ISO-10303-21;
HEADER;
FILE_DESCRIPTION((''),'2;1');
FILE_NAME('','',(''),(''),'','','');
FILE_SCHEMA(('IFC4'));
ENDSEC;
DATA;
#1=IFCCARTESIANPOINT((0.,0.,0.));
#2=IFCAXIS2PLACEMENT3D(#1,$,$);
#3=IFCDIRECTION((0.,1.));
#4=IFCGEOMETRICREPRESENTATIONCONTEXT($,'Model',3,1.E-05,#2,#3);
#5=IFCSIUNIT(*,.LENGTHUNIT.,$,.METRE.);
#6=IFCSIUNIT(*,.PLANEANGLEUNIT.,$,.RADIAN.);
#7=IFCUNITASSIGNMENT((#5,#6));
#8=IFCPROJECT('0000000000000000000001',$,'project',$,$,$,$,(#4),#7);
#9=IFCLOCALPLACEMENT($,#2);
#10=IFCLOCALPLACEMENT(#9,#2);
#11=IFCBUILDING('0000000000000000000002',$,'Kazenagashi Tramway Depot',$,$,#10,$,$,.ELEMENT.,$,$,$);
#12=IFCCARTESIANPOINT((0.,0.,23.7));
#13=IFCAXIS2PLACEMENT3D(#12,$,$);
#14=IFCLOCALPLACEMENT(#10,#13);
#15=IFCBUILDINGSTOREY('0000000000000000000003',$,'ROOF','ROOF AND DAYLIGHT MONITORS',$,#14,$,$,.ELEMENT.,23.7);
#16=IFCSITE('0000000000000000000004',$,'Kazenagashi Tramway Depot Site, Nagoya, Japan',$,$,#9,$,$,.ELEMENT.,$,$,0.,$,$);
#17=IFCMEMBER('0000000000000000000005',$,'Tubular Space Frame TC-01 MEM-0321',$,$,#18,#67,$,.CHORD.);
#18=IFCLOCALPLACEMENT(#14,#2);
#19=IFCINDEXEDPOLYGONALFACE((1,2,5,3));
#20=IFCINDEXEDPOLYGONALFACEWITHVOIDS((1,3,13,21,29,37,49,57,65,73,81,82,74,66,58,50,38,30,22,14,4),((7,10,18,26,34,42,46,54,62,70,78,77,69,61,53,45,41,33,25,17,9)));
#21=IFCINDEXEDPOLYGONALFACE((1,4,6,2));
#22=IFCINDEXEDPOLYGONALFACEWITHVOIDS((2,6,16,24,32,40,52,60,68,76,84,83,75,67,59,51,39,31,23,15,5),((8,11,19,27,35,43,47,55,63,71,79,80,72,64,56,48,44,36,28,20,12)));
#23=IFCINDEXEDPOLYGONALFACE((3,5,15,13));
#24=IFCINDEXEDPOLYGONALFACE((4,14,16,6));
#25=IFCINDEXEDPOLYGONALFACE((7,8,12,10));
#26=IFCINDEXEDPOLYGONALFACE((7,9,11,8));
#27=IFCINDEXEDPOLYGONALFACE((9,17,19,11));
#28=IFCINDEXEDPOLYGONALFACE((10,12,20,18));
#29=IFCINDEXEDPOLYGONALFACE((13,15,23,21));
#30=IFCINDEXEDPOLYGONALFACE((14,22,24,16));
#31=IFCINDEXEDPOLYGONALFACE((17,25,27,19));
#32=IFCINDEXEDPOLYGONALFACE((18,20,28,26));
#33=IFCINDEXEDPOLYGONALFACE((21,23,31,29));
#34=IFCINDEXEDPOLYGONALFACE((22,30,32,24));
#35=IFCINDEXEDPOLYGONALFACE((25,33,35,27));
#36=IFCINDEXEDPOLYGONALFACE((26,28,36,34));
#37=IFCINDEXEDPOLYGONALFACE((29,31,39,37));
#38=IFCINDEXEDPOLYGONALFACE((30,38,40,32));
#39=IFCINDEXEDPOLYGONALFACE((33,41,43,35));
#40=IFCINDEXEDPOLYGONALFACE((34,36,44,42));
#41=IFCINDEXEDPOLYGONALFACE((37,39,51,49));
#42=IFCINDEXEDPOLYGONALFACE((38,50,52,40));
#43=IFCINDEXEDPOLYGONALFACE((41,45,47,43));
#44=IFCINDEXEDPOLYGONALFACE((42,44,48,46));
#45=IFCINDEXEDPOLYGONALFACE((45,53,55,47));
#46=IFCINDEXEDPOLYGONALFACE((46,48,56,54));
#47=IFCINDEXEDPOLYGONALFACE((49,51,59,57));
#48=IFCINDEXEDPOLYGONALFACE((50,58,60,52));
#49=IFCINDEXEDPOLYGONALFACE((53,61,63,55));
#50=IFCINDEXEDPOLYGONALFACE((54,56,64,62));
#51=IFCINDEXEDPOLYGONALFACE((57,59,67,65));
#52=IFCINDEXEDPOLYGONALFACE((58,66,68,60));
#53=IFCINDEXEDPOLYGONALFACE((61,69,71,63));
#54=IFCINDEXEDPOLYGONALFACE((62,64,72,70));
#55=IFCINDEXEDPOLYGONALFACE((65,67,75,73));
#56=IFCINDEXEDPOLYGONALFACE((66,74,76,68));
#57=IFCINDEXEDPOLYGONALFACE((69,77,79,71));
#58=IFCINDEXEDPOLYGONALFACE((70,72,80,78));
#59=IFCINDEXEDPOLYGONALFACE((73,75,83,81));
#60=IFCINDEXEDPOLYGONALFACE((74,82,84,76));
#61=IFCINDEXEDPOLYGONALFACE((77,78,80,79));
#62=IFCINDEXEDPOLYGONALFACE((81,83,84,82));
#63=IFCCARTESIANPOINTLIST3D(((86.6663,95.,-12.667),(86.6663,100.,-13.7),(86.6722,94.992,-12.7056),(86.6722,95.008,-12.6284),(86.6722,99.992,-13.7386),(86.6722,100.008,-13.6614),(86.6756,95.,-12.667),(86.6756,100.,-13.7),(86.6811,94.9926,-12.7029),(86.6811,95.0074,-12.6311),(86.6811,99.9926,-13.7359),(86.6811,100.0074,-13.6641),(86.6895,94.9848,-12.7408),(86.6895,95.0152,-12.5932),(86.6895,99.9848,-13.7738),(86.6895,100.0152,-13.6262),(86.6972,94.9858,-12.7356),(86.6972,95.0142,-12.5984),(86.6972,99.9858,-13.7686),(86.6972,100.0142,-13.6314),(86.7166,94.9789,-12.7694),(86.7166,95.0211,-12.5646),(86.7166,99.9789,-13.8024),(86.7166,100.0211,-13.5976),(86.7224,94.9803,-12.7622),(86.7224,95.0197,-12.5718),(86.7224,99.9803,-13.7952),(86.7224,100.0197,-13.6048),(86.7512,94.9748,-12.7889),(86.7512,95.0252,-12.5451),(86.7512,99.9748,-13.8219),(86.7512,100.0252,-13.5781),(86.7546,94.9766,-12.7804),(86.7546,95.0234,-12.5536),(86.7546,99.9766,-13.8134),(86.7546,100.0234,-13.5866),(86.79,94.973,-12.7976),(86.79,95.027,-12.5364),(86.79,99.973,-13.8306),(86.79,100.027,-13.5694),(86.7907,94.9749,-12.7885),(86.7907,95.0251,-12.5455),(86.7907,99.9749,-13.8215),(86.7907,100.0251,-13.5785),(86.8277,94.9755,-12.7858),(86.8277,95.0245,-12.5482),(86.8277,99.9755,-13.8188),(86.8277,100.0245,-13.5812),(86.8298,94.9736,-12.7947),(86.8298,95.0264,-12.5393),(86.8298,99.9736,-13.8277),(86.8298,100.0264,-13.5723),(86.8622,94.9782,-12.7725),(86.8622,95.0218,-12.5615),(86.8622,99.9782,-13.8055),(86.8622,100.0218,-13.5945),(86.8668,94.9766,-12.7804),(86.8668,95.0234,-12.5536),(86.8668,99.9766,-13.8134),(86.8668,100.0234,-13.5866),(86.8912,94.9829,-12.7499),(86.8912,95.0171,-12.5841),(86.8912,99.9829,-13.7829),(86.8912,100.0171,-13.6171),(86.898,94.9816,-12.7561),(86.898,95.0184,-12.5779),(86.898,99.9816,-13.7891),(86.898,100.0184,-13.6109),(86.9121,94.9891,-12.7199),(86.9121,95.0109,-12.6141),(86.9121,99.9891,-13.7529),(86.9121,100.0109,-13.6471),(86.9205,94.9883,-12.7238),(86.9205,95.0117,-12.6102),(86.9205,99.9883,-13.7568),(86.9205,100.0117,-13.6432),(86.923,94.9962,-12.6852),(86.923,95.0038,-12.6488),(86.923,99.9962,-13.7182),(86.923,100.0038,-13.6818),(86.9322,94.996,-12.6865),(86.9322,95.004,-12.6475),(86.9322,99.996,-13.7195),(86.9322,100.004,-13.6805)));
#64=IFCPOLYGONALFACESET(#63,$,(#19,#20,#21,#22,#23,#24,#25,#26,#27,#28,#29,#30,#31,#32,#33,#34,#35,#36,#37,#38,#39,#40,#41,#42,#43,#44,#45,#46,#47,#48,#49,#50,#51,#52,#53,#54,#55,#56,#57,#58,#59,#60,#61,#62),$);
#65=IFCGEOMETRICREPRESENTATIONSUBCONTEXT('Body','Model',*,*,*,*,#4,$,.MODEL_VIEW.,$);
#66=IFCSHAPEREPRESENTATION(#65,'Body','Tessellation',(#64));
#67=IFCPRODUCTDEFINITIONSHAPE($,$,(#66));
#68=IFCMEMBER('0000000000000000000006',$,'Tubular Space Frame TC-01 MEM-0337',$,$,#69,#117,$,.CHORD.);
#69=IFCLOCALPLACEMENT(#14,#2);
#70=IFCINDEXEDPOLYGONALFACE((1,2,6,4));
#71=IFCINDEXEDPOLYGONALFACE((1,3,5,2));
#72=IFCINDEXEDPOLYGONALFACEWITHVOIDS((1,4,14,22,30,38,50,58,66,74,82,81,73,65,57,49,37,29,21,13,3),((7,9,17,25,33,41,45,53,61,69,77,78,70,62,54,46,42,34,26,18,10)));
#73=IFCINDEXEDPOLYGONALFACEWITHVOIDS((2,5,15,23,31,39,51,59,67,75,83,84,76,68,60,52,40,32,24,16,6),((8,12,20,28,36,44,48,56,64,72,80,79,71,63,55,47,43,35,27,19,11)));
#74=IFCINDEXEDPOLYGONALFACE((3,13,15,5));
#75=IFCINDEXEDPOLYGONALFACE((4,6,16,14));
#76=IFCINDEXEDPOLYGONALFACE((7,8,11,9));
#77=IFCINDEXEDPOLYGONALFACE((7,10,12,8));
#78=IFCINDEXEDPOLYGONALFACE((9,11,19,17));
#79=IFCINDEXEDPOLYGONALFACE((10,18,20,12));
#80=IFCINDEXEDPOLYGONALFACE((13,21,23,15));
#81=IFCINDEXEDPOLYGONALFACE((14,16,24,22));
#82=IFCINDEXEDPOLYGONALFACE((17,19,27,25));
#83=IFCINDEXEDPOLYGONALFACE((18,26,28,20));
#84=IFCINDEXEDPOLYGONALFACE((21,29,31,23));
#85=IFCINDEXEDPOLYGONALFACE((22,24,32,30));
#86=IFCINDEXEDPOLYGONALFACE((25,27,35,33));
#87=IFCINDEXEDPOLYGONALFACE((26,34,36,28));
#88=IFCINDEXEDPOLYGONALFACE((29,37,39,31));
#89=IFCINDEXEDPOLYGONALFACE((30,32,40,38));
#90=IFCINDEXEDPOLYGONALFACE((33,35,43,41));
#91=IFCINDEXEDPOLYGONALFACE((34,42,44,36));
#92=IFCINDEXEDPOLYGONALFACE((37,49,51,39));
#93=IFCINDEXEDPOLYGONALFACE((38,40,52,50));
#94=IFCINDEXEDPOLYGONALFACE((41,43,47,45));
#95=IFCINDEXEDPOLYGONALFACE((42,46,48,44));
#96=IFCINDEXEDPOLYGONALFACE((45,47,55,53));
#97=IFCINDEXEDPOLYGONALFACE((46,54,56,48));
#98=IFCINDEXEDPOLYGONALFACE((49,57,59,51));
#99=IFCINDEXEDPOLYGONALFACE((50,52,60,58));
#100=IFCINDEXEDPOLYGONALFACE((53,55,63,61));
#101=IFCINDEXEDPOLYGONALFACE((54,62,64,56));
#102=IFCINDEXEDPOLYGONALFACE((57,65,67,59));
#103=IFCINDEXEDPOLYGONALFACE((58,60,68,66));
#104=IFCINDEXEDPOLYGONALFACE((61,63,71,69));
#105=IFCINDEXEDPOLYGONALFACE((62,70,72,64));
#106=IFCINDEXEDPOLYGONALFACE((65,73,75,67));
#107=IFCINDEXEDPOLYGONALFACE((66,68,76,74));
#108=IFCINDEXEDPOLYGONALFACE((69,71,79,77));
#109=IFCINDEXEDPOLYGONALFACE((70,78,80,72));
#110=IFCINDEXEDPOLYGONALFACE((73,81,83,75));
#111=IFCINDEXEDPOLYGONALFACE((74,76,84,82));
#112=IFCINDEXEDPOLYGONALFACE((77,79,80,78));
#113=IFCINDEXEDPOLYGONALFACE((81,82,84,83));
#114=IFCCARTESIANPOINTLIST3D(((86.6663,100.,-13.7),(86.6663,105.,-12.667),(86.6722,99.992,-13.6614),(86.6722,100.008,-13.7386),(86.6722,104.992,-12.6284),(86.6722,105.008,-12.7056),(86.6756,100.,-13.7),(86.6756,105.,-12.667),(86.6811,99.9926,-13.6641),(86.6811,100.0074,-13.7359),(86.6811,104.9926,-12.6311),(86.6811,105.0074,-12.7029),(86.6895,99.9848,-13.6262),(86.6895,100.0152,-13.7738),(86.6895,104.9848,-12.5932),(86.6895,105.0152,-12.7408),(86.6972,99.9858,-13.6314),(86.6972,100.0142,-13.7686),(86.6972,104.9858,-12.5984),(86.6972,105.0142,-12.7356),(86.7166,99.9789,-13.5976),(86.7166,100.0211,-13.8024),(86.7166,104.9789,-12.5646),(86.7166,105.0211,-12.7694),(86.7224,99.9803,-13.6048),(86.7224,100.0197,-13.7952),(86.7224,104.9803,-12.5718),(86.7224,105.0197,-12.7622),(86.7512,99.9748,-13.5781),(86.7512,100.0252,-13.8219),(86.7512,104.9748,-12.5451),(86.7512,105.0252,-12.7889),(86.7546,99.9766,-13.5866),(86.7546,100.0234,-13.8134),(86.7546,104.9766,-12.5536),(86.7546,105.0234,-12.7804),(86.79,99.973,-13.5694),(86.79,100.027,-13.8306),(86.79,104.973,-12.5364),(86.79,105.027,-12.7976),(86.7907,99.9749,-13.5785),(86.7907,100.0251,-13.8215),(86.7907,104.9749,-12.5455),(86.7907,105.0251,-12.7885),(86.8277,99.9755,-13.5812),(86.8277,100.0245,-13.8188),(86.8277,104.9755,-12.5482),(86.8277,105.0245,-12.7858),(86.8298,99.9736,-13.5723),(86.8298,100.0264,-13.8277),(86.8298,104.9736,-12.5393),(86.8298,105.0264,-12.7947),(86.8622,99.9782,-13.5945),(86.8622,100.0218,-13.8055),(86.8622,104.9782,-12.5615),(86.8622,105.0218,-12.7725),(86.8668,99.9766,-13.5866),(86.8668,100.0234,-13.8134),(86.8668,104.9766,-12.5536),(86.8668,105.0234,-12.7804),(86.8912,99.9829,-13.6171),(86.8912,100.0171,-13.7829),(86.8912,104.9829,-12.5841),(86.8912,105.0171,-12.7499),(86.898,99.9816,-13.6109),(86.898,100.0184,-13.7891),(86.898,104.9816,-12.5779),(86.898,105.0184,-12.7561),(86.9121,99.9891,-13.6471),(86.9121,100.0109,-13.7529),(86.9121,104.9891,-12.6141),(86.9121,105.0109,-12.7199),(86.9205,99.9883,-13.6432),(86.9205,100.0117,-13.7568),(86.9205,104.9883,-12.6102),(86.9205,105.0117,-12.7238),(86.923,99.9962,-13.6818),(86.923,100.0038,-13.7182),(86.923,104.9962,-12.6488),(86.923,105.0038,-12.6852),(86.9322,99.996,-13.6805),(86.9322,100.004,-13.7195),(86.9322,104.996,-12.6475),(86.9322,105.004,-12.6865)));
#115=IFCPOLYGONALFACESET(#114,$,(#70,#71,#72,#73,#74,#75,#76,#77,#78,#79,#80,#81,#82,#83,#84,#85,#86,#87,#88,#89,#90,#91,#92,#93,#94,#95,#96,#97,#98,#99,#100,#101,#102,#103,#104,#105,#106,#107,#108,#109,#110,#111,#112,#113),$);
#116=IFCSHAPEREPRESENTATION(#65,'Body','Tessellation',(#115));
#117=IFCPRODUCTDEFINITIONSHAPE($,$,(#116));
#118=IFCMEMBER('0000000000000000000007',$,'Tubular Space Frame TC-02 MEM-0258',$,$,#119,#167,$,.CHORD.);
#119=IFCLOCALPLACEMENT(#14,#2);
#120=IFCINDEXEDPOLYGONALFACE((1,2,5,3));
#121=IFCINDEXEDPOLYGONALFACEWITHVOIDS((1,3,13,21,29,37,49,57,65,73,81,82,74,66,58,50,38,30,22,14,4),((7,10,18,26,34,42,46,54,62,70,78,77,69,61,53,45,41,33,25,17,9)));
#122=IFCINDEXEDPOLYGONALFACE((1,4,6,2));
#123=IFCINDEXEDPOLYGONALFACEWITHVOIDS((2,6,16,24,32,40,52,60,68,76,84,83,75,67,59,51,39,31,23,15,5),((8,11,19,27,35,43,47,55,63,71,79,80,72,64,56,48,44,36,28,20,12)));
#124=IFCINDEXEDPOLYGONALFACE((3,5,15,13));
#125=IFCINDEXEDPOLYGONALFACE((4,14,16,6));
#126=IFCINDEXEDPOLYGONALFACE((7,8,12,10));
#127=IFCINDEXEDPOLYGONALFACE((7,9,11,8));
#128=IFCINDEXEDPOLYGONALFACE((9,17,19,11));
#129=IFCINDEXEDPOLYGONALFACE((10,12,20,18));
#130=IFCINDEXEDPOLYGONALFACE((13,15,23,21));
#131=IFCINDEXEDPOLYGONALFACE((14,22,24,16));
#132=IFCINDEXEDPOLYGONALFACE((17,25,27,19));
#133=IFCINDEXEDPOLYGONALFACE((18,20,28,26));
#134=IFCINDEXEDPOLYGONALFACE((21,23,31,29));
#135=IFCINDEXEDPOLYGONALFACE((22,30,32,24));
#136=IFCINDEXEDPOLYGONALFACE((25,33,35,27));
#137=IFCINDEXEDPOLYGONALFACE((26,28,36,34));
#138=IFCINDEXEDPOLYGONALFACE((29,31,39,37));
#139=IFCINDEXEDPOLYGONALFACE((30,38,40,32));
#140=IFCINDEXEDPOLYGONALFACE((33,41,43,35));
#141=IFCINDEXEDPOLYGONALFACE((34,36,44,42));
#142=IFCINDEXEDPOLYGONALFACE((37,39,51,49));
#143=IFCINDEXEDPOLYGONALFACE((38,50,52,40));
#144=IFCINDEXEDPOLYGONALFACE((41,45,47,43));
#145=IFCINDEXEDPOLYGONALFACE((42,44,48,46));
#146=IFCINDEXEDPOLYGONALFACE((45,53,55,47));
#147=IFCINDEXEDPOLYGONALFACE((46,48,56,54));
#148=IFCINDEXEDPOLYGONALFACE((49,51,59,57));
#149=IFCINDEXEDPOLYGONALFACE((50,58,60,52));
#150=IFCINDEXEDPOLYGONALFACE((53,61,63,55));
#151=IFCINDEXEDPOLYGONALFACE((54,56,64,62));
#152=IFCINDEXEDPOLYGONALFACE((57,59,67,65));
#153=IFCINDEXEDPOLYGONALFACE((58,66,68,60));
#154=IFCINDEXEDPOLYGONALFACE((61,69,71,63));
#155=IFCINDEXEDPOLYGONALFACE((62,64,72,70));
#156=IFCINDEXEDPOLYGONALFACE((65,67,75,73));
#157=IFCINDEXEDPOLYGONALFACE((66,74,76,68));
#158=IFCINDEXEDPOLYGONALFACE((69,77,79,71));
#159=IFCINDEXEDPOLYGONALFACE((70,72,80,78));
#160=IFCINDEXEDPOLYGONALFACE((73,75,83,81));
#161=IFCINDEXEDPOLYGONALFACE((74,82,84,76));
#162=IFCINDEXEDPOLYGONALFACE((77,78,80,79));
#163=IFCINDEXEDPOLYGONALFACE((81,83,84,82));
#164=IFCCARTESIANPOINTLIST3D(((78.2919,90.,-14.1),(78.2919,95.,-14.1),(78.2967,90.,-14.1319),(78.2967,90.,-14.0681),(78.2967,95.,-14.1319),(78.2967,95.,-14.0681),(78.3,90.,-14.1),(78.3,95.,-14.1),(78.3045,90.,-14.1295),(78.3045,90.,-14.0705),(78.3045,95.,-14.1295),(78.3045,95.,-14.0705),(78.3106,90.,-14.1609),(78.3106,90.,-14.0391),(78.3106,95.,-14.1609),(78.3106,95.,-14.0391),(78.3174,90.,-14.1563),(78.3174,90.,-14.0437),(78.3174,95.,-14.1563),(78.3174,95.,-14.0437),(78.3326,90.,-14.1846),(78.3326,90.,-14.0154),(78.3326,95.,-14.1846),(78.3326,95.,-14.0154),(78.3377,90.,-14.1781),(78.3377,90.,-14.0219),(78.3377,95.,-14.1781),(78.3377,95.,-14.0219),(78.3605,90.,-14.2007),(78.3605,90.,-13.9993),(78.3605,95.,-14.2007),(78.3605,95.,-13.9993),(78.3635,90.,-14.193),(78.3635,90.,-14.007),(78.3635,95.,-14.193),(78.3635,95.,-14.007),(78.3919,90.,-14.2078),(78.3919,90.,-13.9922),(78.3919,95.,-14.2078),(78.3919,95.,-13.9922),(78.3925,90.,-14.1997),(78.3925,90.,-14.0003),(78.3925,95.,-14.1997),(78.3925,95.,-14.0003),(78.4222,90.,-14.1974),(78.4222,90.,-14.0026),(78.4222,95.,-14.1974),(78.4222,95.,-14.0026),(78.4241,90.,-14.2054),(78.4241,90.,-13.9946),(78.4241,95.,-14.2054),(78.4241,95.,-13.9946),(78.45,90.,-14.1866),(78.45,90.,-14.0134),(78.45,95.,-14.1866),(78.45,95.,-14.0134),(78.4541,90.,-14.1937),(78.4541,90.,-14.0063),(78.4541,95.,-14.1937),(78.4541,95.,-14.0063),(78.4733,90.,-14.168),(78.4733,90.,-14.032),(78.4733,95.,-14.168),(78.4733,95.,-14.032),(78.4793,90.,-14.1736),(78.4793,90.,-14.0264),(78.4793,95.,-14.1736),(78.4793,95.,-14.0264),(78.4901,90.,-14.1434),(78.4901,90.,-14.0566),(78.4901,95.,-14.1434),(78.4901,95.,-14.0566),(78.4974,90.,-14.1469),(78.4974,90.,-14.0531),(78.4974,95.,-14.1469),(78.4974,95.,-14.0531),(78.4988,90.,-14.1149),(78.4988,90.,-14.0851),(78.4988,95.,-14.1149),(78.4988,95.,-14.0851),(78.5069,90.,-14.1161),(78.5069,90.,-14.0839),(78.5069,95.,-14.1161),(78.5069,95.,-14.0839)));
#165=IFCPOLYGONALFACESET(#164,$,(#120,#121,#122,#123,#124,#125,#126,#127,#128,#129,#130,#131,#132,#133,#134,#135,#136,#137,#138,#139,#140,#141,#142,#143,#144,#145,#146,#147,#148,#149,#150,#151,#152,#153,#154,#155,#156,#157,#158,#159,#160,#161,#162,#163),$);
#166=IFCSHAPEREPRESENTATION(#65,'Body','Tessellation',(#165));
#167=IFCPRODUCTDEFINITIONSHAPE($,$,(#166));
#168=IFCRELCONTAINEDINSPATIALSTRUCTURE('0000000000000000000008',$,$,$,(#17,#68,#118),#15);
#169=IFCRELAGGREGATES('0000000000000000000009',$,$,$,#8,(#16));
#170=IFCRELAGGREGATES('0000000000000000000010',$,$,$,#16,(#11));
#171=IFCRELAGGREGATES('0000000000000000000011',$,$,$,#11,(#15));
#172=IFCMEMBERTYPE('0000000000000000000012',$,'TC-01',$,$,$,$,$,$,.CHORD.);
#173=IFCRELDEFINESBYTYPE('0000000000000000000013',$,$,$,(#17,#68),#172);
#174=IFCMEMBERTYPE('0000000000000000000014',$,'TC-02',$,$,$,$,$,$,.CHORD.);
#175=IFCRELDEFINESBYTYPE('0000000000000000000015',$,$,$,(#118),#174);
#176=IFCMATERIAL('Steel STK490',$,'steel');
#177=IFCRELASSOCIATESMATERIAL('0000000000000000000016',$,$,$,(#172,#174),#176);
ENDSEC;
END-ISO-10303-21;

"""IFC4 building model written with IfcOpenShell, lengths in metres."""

from ifc_helpers import new_model, si_unit, direction, frame, origin, origin_2d, place, context, subcontext, project, spatial, hollow_circle, extrude, material, material_profile, profile_set, type_object, element, save


model = new_model("IFC4")

# Units and contexts
model_context = context("Model", 3, precision=1e-05, world=origin(), true_north=direction((0.0, 1.0)))
body_context = subcontext(model_context, "Body", "Model", "MODEL_VIEW")
ifc_project = project(units=[si_unit("LENGTHUNIT", "METRE"), si_unit("PLANEANGLEUNIT", "RADIAN")], contexts=[model_context])

# Site, building, storey
site_placement = place(None, origin())
site = spatial("IfcSite", under=ifc_project, at=site_placement, Name="Kazenagashi Tramway Depot Site, Nagoya, Japan", CompositionType="ELEMENT", RefElevation=0.0)
building_placement = place(site_placement, origin())
building = spatial("IfcBuilding", under=site, at=building_placement, Name="Kazenagashi Tramway Depot", CompositionType="ELEMENT")
storey_placement = place(building_placement, frame((0.0, 0.0, 23.7)))
storey = spatial("IfcBuildingStorey", under=building, at=storey_placement, Name="ROOF", Description="ROOF AND DAYLIGHT MONITORS", CompositionType="ELEMENT", Elevation=23.7)

# Members
ifc_material_1 = material(Name="Steel STK490", Category="steel")
ifc_material_profile_1 = material_profile(ifc_material_1, hollow_circle(Radius=0.1337, WallThickness=0.0093, at=origin_2d()), Name="CHS-267.4x9.3")
ifc_profile_set_1 = profile_set([ifc_material_profile_1], Name="Steel STK490")
member_type_1 = type_object("IfcMemberType", Name="TC-01", PredefinedType="CHORD", material=ifc_profile_set_1)
for number, where, z_axis, x_axis, name in (
    (1, (86.8, 95.0, -12.667), (0.0, 0.979318, -0.202327), (-1.0, 0.0, 0.0), "Tubular Space Frame TC-01 MEM-0321"),
    (2, (86.8, 100.0, -13.7), (0.0, 0.979318, 0.202327), (-1.0, 0.0, 0.0), "Tubular Space Frame TC-01 MEM-0337"),
):
    element("IfcMember", number, at=place(storey_placement, frame(where, z_axis=z_axis, x_axis=x_axis)), inside=storey, type_object=member_type_1, Name=name, PredefinedType="CHORD", context=body_context, shape_type="SweptSolid", body=[
        extrude(hollow_circle(Radius=0.1337, WallThickness=0.0093, at=origin_2d()), origin(), (0.0, 0.0, 1.0), 5.1056),
    ])
ifc_material_profile_2 = material_profile(ifc_material_1, hollow_circle(Radius=0.1081, WallThickness=0.0082, at=origin_2d()), Name="CHS-216.3x8.2")
ifc_profile_set_2 = profile_set([ifc_material_profile_2], Name="Steel STK490")
member_type_2 = type_object("IfcMemberType", Name="TC-02", PredefinedType="CHORD", material=ifc_profile_set_2)
for number, where, z_axis, x_axis, name in (
    (3, (78.4, 90.0, -14.1), (0.0, 1.0, 0.0), (-1.0, 0.0, 0.0), "Tubular Space Frame TC-02 MEM-0258"),
):
    element("IfcMember", number, at=place(storey_placement, frame(where, z_axis=z_axis, x_axis=x_axis)), inside=storey, type_object=member_type_2, Name=name, PredefinedType="CHORD", context=body_context, shape_type="SweptSolid", body=[
        extrude(hollow_circle(Radius=0.1081, WallThickness=0.0082, at=origin_2d()), origin(), (0.0, 0.0, 1.0), 5.0),
    ])

save(model, "model.ifc")
